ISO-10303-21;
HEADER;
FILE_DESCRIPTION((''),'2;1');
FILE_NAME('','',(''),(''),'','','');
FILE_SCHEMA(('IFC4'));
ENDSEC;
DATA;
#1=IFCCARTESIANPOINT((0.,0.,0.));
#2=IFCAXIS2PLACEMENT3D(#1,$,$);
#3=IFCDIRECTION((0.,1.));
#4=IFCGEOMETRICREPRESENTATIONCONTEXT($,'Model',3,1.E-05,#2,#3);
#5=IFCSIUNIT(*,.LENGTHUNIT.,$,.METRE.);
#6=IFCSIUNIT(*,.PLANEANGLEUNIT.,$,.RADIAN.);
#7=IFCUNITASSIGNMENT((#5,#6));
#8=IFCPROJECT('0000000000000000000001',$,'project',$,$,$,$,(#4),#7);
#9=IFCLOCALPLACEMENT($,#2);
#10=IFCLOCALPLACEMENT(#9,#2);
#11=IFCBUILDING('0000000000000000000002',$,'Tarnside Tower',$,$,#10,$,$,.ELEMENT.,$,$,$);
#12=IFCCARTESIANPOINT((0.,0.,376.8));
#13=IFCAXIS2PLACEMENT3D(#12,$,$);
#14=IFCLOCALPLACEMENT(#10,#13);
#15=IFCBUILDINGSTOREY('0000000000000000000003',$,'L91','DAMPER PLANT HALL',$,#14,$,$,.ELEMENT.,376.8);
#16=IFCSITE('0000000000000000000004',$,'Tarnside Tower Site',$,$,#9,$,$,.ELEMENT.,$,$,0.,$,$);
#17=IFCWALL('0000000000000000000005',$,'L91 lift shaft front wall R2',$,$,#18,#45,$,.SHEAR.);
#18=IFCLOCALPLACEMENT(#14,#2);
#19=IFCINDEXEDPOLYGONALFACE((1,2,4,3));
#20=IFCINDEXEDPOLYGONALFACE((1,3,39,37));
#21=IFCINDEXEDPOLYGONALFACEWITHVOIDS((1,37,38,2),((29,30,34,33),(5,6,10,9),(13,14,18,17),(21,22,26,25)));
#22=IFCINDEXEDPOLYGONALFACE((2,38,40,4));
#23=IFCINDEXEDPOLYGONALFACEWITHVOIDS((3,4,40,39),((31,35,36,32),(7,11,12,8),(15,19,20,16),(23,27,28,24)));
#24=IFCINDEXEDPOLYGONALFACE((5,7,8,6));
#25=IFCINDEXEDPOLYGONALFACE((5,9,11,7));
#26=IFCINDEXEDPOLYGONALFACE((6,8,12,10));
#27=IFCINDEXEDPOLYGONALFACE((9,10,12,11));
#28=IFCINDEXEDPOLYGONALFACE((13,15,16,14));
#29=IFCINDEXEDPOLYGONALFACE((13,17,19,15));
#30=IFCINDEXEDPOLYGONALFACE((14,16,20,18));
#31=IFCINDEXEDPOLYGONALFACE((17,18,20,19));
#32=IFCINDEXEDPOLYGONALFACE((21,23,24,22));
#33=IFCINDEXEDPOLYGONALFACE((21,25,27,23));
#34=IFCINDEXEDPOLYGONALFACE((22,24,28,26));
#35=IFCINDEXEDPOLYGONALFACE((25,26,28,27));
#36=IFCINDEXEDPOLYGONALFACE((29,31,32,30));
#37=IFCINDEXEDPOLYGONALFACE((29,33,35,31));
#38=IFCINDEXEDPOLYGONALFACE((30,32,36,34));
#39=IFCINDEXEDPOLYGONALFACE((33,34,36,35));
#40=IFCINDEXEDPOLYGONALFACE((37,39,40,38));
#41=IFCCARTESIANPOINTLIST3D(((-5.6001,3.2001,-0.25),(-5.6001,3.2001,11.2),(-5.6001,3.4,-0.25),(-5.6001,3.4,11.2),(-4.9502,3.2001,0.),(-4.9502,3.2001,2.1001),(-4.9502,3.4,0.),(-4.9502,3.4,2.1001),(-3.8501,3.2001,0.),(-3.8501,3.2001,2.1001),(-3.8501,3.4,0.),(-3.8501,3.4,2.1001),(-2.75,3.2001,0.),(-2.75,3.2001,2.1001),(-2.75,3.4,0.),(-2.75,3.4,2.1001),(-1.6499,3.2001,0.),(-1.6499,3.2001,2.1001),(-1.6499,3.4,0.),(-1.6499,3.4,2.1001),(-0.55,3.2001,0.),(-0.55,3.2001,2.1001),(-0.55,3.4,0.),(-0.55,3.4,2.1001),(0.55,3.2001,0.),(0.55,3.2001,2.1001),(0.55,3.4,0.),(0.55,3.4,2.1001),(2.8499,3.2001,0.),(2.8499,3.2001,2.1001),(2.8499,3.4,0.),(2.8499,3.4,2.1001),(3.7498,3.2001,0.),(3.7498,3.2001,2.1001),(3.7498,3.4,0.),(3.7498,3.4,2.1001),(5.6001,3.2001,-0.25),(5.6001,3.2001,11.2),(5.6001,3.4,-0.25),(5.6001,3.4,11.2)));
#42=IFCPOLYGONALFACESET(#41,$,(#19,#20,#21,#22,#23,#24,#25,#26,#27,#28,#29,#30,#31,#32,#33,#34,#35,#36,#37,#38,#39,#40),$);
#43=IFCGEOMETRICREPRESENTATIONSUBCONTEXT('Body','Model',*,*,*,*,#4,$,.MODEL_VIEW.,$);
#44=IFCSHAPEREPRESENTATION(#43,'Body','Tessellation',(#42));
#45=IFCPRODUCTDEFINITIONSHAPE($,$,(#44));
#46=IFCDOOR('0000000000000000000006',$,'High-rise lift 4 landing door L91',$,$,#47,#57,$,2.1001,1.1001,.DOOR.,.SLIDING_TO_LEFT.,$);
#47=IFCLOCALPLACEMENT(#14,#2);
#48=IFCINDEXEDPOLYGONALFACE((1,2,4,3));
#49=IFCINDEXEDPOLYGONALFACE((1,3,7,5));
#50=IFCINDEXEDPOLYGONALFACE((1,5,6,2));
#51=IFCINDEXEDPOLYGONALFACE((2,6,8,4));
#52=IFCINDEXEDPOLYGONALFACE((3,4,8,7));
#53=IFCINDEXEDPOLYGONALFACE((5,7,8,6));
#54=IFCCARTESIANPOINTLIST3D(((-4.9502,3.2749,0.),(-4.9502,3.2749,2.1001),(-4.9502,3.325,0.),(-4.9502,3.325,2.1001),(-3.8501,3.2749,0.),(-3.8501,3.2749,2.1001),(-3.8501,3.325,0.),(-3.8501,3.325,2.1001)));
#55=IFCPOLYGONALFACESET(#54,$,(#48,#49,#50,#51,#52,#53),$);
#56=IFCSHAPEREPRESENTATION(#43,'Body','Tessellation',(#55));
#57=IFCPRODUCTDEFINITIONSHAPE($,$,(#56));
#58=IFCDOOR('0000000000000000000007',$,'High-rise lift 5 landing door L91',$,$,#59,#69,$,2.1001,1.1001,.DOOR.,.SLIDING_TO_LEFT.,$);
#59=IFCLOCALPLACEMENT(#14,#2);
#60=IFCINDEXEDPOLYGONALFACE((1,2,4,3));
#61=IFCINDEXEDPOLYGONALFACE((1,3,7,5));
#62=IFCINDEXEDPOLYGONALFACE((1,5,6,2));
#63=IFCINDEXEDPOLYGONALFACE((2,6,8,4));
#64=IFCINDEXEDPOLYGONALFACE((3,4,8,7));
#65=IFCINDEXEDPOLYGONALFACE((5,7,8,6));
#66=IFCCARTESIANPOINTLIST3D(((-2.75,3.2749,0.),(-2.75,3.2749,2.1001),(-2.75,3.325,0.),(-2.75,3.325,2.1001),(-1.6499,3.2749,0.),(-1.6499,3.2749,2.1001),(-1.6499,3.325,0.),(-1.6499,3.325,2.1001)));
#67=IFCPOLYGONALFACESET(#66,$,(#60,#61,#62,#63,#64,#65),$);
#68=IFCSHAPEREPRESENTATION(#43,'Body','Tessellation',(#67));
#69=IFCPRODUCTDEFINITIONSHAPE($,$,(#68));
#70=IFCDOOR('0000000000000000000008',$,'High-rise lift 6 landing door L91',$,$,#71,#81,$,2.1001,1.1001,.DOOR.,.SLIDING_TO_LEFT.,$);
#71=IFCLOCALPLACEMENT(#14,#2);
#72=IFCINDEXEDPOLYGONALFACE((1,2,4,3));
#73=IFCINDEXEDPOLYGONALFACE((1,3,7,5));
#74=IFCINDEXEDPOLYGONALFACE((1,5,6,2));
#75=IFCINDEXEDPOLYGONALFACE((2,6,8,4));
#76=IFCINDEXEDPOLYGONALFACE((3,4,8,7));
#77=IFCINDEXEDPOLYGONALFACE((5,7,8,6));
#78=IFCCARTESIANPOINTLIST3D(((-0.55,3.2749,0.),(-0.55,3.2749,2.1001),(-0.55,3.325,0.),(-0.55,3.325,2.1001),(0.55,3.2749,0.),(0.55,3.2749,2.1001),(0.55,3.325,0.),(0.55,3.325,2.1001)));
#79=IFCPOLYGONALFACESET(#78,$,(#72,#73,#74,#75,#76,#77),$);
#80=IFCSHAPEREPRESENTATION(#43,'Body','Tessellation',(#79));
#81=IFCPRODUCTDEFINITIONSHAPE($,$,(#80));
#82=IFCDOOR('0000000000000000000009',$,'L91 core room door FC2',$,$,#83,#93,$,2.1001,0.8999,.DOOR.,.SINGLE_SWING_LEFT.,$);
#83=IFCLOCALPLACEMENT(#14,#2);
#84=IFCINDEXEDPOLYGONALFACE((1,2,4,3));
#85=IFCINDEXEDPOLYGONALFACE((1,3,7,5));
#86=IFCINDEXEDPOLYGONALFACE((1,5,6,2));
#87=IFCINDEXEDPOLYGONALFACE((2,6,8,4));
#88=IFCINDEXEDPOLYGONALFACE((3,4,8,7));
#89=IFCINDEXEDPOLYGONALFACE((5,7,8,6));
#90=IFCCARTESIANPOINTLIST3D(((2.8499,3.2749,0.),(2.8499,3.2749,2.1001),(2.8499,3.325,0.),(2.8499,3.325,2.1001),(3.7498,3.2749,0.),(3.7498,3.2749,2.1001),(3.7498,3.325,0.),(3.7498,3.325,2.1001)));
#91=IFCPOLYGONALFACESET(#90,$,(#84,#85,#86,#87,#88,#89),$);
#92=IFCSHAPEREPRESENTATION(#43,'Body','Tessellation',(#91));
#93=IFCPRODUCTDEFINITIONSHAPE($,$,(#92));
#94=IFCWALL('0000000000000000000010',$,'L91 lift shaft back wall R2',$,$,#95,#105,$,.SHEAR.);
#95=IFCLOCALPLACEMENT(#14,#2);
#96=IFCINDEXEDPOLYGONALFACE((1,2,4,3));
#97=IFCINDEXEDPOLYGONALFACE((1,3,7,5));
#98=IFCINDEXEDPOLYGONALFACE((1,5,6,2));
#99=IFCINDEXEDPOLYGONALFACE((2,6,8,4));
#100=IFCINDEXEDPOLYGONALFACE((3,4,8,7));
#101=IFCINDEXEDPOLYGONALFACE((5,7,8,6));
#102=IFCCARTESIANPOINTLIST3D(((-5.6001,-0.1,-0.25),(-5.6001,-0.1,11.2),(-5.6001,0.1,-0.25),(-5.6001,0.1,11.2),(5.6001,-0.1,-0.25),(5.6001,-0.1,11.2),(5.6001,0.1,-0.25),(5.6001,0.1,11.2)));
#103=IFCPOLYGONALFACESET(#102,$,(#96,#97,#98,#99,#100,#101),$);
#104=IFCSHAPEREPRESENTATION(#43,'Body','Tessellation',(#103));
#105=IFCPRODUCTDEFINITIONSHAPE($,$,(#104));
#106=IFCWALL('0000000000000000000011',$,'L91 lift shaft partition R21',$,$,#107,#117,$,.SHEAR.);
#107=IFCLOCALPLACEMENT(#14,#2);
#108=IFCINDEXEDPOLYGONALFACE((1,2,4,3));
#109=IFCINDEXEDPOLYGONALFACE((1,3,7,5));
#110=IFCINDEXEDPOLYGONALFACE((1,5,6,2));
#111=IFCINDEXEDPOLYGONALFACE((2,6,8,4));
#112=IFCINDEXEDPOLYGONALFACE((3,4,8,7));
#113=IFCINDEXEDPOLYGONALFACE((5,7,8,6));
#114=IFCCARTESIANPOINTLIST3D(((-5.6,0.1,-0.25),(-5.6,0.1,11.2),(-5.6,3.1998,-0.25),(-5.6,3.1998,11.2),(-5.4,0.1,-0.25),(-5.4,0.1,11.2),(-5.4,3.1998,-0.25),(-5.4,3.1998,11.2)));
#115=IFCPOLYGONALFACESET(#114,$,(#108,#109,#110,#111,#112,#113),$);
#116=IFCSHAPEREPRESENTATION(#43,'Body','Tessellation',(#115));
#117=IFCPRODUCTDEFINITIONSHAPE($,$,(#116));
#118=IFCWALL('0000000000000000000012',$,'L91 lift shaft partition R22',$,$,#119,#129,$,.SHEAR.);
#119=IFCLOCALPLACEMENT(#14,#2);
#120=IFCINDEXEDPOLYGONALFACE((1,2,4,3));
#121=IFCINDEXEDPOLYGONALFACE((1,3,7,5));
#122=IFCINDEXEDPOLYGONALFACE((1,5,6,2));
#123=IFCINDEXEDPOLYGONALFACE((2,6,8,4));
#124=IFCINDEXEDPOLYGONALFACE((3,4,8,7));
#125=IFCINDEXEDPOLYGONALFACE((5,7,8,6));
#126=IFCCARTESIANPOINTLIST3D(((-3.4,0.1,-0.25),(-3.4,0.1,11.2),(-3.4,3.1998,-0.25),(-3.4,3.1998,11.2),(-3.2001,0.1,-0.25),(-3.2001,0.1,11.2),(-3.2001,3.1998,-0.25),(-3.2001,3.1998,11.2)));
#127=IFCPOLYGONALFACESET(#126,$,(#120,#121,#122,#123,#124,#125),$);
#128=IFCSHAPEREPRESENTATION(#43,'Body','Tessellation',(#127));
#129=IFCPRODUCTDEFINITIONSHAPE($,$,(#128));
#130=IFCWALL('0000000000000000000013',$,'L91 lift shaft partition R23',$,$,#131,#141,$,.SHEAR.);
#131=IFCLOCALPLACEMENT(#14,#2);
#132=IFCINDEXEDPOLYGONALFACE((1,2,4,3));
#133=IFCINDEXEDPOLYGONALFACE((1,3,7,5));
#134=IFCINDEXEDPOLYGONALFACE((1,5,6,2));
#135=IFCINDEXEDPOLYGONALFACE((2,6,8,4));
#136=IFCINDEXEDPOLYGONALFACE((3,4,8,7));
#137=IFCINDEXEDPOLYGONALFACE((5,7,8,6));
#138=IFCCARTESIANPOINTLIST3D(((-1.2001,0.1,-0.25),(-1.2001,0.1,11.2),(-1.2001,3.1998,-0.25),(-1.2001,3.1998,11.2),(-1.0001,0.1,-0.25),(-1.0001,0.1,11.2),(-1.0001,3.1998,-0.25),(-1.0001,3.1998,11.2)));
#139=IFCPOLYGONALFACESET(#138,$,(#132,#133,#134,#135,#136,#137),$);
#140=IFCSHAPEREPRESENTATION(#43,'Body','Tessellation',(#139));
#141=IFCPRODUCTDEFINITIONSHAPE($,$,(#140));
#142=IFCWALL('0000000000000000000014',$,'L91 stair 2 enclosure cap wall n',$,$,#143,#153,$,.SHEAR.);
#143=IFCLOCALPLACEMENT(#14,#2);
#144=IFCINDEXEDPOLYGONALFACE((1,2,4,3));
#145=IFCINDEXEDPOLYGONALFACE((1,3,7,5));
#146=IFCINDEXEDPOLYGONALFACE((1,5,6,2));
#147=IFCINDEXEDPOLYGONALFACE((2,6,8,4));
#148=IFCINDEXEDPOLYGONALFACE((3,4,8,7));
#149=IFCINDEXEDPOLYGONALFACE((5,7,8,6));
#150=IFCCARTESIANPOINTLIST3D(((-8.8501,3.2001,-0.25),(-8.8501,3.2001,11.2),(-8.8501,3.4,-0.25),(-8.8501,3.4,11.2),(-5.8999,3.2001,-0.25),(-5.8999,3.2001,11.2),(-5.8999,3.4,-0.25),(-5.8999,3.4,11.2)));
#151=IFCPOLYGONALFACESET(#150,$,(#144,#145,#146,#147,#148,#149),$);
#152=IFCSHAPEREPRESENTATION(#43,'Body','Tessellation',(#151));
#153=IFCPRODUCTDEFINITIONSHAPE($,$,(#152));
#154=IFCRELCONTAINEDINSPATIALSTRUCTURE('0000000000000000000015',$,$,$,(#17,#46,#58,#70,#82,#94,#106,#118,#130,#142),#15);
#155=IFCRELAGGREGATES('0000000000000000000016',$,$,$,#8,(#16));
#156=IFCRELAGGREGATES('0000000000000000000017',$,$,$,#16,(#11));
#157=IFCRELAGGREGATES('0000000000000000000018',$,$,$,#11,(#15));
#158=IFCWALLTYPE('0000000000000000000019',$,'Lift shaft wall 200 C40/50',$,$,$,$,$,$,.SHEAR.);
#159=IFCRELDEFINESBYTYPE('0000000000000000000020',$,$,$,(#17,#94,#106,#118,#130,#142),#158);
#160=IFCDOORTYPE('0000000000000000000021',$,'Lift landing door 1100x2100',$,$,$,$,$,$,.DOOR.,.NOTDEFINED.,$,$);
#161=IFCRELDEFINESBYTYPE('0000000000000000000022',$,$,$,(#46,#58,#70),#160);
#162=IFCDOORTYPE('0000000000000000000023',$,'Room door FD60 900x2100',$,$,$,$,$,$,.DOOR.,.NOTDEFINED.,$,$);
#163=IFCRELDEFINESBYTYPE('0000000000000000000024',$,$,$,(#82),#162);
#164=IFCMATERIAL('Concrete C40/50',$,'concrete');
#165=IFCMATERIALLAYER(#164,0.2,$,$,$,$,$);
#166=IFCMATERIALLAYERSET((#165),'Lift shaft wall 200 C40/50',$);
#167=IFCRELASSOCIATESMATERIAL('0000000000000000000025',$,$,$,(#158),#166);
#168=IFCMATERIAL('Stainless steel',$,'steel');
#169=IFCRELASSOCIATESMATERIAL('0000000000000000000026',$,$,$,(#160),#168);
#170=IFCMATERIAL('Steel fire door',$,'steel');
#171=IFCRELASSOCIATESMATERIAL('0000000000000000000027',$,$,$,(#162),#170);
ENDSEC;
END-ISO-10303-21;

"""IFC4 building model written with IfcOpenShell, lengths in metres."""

from ifc_helpers import new_model, si_unit, direction, frame, frame_2d, origin, place, context, subcontext, project, spatial, rectangle, extrude, material, layer, layer_set, type_object, element, fill, save


model = new_model("IFC4")

# Units and contexts
model_context = context("Model", 3, precision=1e-05, world=origin(), true_north=direction((0.0, 1.0)))
body_context = subcontext(model_context, "Body", "Model", "MODEL_VIEW")
ifc_project = project(units=[si_unit("LENGTHUNIT", "METRE"), si_unit("PLANEANGLEUNIT", "RADIAN")], contexts=[model_context])

# Site, building, storey
site_placement = place(None, origin())
site = spatial("IfcSite", under=ifc_project, at=site_placement, Name="Tarnside Tower Site", CompositionType="ELEMENT", RefElevation=0.0)
building_placement = place(site_placement, origin())
building = spatial("IfcBuilding", under=site, at=building_placement, Name="Tarnside Tower", CompositionType="ELEMENT")
storey_placement = place(building_placement, frame((0.0, 0.0, 376.8)))
storey = spatial("IfcBuildingStorey", under=building, at=storey_placement, Name="L91", Description="DAMPER PLANT HALL", CompositionType="ELEMENT", Elevation=376.8)

# Shared definitions
ifc_material_1 = material(Name="Concrete C40/50", Category="concrete")

# Shared definitions
ifc_material_2 = material(Name="Steel fire door", Category="steel")

# Shared definitions
ifc_layer_1 = layer(ifc_material_1, 0.2)
ifc_layer_set_1 = layer_set([ifc_layer_1], Name="Lift shaft wall 200 C40/50")
wall_type_1 = type_object("IfcWallType", Name="Lift shaft wall 200 C40/50", PredefinedType="SHEAR", material=ifc_layer_set_1)
ifc_material_3 = material(Name="Stainless steel", Category="steel")
door_type_1 = type_object("IfcDoorType", Name="Lift landing door 1100x2100", OperationType="NOTDEFINED", PredefinedType="DOOR", material=ifc_material_3)
door_type_2 = type_object("IfcDoorType", Name="Room door FD60 900x2100", OperationType="NOTDEFINED", PredefinedType="DOOR", material=ifc_material_2)

# Wall, openings, doors
wall_1_placement = place(storey_placement, frame((-5.6001, 3.3, -0.25), z_axis=(0.0, 0.0, 1.0), x_axis=(1.0, 0.0, 0.0)))
wall_1 = element("IfcWall", 1, at=wall_1_placement, inside=storey, type_object=wall_type_1, Name="L91 lift shaft front wall R2", PredefinedType="SHEAR", context=body_context, shape_type="SweptSolid", body=[
    extrude(rectangle(XDim=11.2002, YDim=0.2, at=frame_2d((5.6001, 0.0))), origin(), (0.0, 0.0, 1.0), 11.45),
])
opening_1_placement = place(wall_1_placement, frame((8.45, 0.0, 0.25)))
opening_1 = element("IfcOpeningElement", 2, at=opening_1_placement, cuts=wall_1, PredefinedType="OPENING", context=body_context, shape_type="SweptSolid", body=[
    extrude(rectangle(XDim=0.8999, YDim=2.1001, at=frame_2d((0.45, 1.05))), frame((0.0, 0.1099, 0.0), z_axis=(0.0, -1.0, 0.0), x_axis=(1.0, 0.0, 0.0)), (0.0, 0.0, 1.0), 0.22),
])
opening_2_placement = place(wall_1_placement, frame((0.6499, 0.0, 0.25)))
opening_2 = element("IfcOpeningElement", 3, at=opening_2_placement, cuts=wall_1, PredefinedType="OPENING", context=body_context, shape_type="SweptSolid", body=[
    extrude(rectangle(XDim=1.1001, YDim=2.1001, at=frame_2d((0.55, 1.05))), frame((0.0, 0.1099, 0.0), z_axis=(0.0, -1.0, 0.0), x_axis=(1.0, 0.0, 0.0)), (0.0, 0.0, 1.0), 0.22),
])
opening_3_placement = place(wall_1_placement, frame((2.8501, 0.0, 0.25)))
opening_3 = element("IfcOpeningElement", 4, at=opening_3_placement, cuts=wall_1, PredefinedType="OPENING", context=body_context, shape_type="SweptSolid", body=[
    extrude(rectangle(XDim=1.1001, YDim=2.1001, at=frame_2d((0.55, 1.05))), frame((0.0, 0.1099, 0.0), z_axis=(0.0, -1.0, 0.0), x_axis=(1.0, 0.0, 0.0)), (0.0, 0.0, 1.0), 0.22),
])
opening_4_placement = place(wall_1_placement, frame((5.05, 0.0, 0.25)))
opening_4 = element("IfcOpeningElement", 5, at=opening_4_placement, cuts=wall_1, PredefinedType="OPENING", context=body_context, shape_type="SweptSolid", body=[
    extrude(rectangle(XDim=1.1001, YDim=2.1001, at=frame_2d((0.55, 1.05))), frame((0.0, 0.1099, 0.0), z_axis=(0.0, -1.0, 0.0), x_axis=(1.0, 0.0, 0.0)), (0.0, 0.0, 1.0), 0.22),
])
door_1_placement = place(opening_2_placement, origin())
door_1 = element("IfcDoor", 6, at=door_1_placement, inside=storey, type_object=door_type_1, Name="High-rise lift 4 landing door L91", OperationType="SLIDING_TO_LEFT", OverallHeight=2.1001, OverallWidth=1.1001, PredefinedType="DOOR", context=body_context, shape_type="SweptSolid", body=[
    extrude(rectangle(XDim=1.1001, YDim=2.1001, at=frame_2d((0.55, 1.05))), frame((0.0, 0.0249, 0.0), z_axis=(0.0, -1.0, 0.0), x_axis=(1.0, 0.0, 0.0)), (0.0, 0.0, 1.0), 0.05),
])
fill(opening_2, door_1)
door_2_placement = place(opening_3_placement, origin())
door_2 = element("IfcDoor", 7, at=door_2_placement, inside=storey, type_object=door_type_1, Name="High-rise lift 5 landing door L91", OperationType="SLIDING_TO_LEFT", OverallHeight=2.1001, OverallWidth=1.1001, PredefinedType="DOOR", context=body_context, shape_type="SweptSolid", body=[
    extrude(rectangle(XDim=1.1001, YDim=2.1001, at=frame_2d((0.55, 1.05))), frame((0.0, 0.0249, 0.0), z_axis=(0.0, -1.0, 0.0), x_axis=(1.0, 0.0, 0.0)), (0.0, 0.0, 1.0), 0.05),
])
fill(opening_3, door_2)
door_3_placement = place(opening_4_placement, origin())
door_3 = element("IfcDoor", 8, at=door_3_placement, inside=storey, type_object=door_type_1, Name="High-rise lift 6 landing door L91", OperationType="SLIDING_TO_LEFT", OverallHeight=2.1001, OverallWidth=1.1001, PredefinedType="DOOR", context=body_context, shape_type="SweptSolid", body=[
    extrude(rectangle(XDim=1.1001, YDim=2.1001, at=frame_2d((0.55, 1.05))), frame((0.0, 0.0249, 0.0), z_axis=(0.0, -1.0, 0.0), x_axis=(1.0, 0.0, 0.0)), (0.0, 0.0, 1.0), 0.05),
])
fill(opening_4, door_3)
door_4_placement = place(opening_1_placement, origin())
door_4 = element("IfcDoor", 9, at=door_4_placement, inside=storey, type_object=door_type_2, Name="L91 core room door FC2", OperationType="SINGLE_SWING_LEFT", OverallHeight=2.1001, OverallWidth=0.8999, PredefinedType="DOOR", context=body_context, shape_type="SweptSolid", body=[
    extrude(rectangle(XDim=0.8999, YDim=2.1001, at=frame_2d((0.45, 1.05))), frame((0.0, 0.0249, 0.0), z_axis=(0.0, -1.0, 0.0), x_axis=(1.0, 0.0, 0.0)), (0.0, 0.0, 1.0), 0.05),
])
fill(opening_1, door_4)

# Walls
wall_2_placement = place(storey_placement, frame((-5.6001, 0.0, -0.25), z_axis=(0.0, 0.0, 1.0), x_axis=(1.0, 0.0, 0.0)))
element("IfcWall", 10, at=wall_2_placement, inside=storey, type_object=wall_type_1, Name="L91 lift shaft back wall R2", PredefinedType="SHEAR", context=body_context, shape_type="SweptSolid", body=[
    extrude(rectangle(XDim=11.2002, YDim=0.2, at=frame_2d((5.6001, 0.0))), origin(), (0.0, 0.0, 1.0), 11.45),
])
for number, where, z_axis, x_axis, name in (
    (11, (-5.5, 0.1001, -0.25), (0.0, 0.0, 1.0), (0.0, 1.0, 0.0), "L91 lift shaft partition R21"),
    (12, (-3.3, 0.1001, -0.25), (0.0, 0.0, 1.0), (0.0, 1.0, 0.0), "L91 lift shaft partition R22"),
    (13, (-1.1001, 0.1001, -0.25), (0.0, 0.0, 1.0), (0.0, 1.0, 0.0), "L91 lift shaft partition R23"),
):
    element("IfcWall", number, at=place(storey_placement, frame(where, z_axis=z_axis, x_axis=x_axis)), inside=storey, type_object=wall_type_1, Name=name, PredefinedType="SHEAR", context=body_context, shape_type="SweptSolid", body=[
        extrude(rectangle(XDim=3.0999, YDim=0.2, at=frame_2d((1.5498, 0.0))), origin(), (0.0, 0.0, 1.0), 11.45),
    ])
wall_3_placement = place(storey_placement, frame((-8.8501, 3.3, -0.25), z_axis=(0.0, 0.0, 1.0), x_axis=(1.0, 0.0, 0.0)))
element("IfcWall", 14, at=wall_3_placement, inside=storey, type_object=wall_type_1, Name="L91 stair 2 enclosure cap wall n", PredefinedType="SHEAR", context=body_context, shape_type="SweptSolid", body=[
    extrude(rectangle(XDim=2.9502, YDim=0.2, at=frame_2d((1.4751, 0.0))), origin(), (0.0, 0.0, 1.0), 11.45),
])

save(model, "model.ifc")
